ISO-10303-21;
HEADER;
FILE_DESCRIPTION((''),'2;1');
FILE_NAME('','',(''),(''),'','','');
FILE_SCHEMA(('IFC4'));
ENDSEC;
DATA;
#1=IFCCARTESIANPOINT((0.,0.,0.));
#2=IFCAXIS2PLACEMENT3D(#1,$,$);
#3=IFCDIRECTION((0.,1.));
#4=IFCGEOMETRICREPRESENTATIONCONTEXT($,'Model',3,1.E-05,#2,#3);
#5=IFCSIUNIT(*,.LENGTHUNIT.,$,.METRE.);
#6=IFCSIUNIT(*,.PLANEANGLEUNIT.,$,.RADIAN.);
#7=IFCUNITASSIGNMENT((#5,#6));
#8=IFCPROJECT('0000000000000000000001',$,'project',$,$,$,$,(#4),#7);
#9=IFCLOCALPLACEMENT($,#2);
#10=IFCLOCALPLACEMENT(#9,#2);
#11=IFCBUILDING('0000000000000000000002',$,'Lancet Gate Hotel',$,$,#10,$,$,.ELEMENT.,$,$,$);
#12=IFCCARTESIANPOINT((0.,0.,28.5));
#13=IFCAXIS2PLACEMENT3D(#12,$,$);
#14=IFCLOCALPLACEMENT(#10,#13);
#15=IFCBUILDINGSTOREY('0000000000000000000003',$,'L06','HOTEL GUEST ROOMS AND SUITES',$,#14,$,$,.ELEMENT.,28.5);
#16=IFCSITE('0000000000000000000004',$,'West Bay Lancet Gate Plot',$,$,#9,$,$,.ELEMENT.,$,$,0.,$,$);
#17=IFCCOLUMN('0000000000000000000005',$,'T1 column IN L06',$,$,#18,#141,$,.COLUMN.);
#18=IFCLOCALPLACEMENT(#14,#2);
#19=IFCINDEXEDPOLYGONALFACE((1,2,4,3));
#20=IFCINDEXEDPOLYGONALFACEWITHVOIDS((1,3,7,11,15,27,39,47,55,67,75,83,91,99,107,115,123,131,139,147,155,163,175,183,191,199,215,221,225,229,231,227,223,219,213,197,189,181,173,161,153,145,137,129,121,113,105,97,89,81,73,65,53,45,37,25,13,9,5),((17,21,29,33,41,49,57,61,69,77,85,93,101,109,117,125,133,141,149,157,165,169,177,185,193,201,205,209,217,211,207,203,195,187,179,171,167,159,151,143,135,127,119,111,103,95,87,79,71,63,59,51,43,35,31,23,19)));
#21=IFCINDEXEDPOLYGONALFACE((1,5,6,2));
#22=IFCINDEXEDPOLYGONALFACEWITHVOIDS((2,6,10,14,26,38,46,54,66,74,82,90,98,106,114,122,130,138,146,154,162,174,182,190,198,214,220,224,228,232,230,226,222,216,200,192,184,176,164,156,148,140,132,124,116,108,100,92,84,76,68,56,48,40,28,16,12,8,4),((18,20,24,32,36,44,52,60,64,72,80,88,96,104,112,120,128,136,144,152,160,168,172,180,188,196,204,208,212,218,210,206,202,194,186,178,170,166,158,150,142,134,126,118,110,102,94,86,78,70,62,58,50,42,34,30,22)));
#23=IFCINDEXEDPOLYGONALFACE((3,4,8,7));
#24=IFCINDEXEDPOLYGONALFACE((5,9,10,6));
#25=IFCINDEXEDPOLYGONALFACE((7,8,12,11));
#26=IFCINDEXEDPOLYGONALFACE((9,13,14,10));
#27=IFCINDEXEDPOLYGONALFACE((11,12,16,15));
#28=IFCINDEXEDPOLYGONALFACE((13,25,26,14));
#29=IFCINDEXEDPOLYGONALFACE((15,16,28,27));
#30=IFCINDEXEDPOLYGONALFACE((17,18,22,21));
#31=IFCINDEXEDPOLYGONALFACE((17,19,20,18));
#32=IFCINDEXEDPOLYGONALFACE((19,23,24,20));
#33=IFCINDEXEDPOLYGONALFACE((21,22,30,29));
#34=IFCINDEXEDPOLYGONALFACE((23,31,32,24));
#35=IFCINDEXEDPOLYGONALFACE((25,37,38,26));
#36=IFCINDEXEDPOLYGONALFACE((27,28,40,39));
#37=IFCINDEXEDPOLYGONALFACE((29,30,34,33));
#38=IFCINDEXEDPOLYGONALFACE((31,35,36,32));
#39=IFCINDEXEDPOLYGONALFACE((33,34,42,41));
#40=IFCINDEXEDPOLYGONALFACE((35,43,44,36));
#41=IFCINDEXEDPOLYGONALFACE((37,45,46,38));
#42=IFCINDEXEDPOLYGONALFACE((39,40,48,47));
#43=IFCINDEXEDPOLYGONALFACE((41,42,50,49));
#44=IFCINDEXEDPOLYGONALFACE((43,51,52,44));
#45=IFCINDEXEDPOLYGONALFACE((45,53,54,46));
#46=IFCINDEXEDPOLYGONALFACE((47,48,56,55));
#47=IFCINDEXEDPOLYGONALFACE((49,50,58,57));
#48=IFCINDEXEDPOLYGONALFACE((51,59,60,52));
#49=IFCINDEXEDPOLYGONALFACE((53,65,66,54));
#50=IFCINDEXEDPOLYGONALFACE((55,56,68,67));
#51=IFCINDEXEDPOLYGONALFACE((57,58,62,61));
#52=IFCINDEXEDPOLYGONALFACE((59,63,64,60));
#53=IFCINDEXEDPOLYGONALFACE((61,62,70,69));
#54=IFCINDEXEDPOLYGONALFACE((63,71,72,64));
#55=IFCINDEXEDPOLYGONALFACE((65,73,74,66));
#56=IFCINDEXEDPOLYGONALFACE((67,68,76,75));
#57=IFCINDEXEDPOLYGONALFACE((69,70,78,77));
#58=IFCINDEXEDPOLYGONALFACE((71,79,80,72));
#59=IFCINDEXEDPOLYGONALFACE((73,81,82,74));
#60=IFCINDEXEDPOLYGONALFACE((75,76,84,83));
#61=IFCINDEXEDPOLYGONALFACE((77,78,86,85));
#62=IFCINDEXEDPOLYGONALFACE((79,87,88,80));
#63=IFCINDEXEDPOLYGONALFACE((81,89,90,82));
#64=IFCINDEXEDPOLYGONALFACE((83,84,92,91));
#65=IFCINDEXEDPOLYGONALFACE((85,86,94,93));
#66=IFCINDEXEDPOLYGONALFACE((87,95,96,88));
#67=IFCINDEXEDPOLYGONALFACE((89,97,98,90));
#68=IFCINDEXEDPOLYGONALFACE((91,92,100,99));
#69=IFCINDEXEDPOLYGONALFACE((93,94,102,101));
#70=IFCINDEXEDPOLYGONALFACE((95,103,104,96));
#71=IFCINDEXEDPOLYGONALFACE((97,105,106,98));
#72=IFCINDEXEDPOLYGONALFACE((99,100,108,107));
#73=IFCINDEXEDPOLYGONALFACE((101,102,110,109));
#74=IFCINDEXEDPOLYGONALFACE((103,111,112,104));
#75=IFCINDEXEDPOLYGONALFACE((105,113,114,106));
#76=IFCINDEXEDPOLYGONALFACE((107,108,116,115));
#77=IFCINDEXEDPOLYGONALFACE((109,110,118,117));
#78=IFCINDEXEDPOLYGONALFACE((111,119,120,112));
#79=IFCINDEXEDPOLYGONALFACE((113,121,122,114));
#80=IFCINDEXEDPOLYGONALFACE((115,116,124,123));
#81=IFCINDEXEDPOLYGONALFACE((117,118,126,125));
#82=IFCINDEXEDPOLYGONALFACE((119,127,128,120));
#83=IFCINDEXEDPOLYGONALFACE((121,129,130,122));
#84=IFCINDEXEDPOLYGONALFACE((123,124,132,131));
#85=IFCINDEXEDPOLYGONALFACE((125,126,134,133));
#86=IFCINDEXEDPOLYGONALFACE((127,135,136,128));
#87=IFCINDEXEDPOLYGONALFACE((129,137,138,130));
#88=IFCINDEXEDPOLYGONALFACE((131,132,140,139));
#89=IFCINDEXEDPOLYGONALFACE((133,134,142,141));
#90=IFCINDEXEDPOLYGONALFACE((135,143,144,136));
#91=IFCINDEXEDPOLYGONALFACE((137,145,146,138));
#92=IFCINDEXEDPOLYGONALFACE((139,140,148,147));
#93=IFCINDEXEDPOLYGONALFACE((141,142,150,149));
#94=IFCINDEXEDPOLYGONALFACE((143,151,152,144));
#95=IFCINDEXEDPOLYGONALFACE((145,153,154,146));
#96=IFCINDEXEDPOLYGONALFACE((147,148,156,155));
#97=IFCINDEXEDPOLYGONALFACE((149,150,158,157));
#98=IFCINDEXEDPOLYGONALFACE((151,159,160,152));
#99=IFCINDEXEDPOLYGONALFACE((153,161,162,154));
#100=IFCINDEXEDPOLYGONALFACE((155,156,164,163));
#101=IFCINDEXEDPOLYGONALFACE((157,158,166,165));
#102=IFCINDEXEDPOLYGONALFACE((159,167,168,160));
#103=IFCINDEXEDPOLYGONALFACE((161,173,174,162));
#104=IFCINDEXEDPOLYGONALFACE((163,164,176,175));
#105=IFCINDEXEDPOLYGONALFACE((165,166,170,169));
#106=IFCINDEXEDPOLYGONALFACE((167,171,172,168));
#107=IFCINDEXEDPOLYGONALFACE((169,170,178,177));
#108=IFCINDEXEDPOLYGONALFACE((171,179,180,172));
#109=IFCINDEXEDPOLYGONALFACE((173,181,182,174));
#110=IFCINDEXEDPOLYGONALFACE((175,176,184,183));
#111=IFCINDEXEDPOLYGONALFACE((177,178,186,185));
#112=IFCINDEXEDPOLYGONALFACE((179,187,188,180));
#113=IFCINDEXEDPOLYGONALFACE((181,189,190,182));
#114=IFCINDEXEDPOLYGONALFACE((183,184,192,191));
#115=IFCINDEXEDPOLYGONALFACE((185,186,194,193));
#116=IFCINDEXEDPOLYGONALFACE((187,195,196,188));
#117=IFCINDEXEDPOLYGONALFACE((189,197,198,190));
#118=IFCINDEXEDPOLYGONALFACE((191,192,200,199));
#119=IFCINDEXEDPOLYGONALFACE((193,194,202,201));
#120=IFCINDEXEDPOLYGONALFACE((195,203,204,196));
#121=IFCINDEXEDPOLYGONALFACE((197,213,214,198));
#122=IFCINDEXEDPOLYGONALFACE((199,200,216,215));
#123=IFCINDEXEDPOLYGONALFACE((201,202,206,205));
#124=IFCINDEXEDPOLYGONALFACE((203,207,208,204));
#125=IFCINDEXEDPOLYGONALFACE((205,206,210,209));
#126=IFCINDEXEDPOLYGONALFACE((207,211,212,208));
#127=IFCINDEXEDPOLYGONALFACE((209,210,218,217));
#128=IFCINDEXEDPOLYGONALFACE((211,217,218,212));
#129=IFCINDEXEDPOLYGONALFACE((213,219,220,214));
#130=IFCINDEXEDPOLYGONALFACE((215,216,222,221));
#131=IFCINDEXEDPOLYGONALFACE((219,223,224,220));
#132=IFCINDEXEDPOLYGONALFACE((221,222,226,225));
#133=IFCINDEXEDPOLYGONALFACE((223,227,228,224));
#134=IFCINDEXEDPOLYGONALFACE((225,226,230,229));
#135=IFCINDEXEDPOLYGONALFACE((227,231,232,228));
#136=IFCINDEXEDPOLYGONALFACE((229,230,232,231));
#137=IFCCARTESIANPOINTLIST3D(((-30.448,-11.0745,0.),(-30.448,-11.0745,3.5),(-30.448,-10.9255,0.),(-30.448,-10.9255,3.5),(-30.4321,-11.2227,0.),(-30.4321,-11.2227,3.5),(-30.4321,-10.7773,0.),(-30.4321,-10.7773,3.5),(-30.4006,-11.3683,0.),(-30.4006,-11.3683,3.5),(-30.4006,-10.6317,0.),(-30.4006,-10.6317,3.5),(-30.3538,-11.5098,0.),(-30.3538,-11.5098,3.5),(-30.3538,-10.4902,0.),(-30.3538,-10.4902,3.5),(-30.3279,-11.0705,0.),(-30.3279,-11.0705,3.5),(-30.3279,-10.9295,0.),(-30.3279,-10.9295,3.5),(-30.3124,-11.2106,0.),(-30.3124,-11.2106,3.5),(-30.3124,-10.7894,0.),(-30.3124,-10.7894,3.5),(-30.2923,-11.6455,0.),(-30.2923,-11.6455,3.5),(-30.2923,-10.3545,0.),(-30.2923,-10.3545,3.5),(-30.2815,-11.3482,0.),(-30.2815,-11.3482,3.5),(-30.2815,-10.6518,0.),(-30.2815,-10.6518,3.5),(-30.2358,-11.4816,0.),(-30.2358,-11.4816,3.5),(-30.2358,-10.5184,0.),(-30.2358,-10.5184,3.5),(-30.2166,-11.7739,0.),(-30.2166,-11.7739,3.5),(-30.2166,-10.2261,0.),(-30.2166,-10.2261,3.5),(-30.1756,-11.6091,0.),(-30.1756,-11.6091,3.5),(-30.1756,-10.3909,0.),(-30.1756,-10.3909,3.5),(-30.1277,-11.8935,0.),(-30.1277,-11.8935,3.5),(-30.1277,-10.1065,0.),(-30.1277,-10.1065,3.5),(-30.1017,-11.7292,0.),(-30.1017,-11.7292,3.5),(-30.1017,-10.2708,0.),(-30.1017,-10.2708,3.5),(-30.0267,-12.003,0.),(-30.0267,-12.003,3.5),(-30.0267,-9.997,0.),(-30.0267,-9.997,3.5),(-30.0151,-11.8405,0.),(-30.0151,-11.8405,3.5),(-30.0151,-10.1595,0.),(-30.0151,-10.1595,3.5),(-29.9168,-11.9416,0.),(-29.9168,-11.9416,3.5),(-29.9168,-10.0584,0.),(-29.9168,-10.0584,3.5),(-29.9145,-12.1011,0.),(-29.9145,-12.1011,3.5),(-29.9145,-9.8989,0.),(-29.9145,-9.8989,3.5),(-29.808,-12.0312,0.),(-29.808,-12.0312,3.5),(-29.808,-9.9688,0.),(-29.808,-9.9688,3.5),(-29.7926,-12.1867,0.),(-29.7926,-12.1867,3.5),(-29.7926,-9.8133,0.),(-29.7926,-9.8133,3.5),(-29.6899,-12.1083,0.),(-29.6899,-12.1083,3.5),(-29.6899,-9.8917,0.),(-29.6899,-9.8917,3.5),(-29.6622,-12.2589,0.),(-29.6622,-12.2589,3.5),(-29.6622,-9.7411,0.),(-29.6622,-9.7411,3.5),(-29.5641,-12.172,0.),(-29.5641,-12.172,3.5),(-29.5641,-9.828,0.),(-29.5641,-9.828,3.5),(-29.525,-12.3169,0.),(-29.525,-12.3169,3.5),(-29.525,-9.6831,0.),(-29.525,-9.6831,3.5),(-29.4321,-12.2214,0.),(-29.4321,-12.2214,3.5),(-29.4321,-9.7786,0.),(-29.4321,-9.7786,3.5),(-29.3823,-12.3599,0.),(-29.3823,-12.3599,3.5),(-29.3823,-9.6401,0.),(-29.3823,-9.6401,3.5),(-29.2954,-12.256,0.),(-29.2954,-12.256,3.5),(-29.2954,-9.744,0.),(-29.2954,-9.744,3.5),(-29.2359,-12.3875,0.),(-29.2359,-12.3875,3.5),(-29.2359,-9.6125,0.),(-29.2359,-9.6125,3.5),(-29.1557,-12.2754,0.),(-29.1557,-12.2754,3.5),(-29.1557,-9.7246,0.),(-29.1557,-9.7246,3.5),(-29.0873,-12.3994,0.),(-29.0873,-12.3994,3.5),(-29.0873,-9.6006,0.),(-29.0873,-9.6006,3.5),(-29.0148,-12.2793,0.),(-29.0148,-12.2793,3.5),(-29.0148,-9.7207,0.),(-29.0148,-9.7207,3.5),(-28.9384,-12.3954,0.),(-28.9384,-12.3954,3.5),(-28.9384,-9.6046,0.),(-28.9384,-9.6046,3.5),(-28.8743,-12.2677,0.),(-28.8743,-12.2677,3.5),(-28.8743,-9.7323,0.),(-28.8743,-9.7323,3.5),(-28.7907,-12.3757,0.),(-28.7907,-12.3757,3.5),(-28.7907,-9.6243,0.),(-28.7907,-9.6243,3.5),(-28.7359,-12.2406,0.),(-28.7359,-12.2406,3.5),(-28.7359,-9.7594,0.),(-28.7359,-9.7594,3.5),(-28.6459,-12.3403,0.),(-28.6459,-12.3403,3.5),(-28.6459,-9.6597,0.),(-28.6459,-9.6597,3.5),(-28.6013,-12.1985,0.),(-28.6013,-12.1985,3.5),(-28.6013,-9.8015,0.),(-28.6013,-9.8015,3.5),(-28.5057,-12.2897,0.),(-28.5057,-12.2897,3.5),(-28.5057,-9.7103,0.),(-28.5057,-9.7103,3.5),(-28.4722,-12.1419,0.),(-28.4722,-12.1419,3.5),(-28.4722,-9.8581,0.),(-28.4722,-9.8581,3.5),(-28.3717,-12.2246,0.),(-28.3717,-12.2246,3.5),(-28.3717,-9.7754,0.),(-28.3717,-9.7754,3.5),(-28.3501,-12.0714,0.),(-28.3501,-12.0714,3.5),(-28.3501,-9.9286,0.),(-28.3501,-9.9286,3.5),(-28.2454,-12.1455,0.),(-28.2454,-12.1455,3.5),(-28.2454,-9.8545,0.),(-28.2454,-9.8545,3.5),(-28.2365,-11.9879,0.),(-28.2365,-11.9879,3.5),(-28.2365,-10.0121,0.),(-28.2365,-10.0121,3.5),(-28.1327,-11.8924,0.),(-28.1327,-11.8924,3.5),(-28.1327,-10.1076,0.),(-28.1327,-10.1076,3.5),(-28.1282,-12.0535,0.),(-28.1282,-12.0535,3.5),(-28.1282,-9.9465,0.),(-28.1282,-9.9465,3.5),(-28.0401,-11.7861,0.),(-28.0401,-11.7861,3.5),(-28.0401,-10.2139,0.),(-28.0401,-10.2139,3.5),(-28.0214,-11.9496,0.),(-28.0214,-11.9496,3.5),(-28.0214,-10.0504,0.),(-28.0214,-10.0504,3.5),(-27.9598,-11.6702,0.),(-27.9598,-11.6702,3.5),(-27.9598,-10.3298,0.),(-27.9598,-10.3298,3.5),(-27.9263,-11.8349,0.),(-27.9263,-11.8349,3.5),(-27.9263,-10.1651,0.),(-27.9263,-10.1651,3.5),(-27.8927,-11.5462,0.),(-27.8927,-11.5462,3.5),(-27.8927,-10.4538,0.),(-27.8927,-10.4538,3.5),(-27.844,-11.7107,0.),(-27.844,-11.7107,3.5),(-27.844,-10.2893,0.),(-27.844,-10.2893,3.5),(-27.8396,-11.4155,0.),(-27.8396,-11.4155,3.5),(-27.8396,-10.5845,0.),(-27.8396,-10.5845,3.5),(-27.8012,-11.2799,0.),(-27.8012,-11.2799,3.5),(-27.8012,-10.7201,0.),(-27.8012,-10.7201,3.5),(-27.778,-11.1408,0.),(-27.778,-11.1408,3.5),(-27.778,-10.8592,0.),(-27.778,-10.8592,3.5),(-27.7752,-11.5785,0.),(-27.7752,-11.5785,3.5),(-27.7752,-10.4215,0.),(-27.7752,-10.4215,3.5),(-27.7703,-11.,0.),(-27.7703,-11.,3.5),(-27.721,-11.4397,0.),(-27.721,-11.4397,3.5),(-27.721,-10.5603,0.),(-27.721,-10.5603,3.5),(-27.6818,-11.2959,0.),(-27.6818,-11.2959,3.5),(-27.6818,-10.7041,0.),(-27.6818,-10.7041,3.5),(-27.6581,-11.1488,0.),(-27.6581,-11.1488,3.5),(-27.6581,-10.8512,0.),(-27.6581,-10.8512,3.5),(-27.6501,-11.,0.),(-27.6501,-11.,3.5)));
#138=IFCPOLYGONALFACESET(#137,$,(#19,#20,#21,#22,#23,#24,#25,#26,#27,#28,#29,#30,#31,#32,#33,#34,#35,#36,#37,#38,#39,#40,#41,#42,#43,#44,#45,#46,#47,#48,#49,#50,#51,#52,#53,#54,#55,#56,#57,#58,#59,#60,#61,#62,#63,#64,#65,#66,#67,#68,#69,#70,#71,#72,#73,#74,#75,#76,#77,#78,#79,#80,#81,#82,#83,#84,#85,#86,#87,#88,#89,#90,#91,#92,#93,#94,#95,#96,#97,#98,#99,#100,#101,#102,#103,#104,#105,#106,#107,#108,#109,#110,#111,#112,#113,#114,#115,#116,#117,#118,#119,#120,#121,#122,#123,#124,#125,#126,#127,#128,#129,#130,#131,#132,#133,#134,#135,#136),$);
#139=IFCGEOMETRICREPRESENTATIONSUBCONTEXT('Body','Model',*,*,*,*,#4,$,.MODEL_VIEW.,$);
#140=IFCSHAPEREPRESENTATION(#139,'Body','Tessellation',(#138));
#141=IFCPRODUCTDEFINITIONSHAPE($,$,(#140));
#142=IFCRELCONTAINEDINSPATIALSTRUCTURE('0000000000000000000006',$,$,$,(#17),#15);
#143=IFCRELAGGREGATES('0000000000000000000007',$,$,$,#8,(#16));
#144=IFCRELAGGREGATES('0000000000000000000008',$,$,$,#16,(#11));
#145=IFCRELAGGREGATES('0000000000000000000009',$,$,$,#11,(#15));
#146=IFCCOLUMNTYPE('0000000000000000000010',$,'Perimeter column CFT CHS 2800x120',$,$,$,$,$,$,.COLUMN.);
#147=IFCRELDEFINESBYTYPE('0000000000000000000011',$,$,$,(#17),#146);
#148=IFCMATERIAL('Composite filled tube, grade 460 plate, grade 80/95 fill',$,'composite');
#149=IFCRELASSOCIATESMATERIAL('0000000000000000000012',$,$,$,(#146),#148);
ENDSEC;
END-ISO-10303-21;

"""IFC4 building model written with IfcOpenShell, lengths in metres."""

from ifc_helpers import new_model, si_unit, direction, frame, origin, origin_2d, place, context, subcontext, project, spatial, hollow_circle, extrude, material, material_profile, profile_set, type_object, element, save


model = new_model("IFC4")

# Units and contexts
model_context = context("Model", 3, precision=1e-05, world=origin(), true_north=direction((0.0, 1.0)))
body_context = subcontext(model_context, "Body", "Model", "MODEL_VIEW")
ifc_project = project(units=[si_unit("LENGTHUNIT", "METRE"), si_unit("PLANEANGLEUNIT", "RADIAN")], contexts=[model_context])

# Site, building, storey
site_placement = place(None, origin())
site = spatial("IfcSite", under=ifc_project, at=site_placement, Name="West Bay Lancet Gate Plot", CompositionType="ELEMENT", RefElevation=0.0)
building_placement = place(site_placement, origin())
building = spatial("IfcBuilding", under=site, at=building_placement, Name="Lancet Gate Hotel", CompositionType="ELEMENT")
storey_placement = place(building_placement, frame((0.0, 0.0, 28.5)))
storey = spatial("IfcBuildingStorey", under=building, at=storey_placement, Name="L06", Description="HOTEL GUEST ROOMS AND SUITES", CompositionType="ELEMENT", Elevation=28.5)

# Column
ifc_material_1 = material(Name="Composite filled tube, grade 460 plate, grade 80/95 fill", Category="composite")
ifc_material_profile_1 = material_profile(ifc_material_1, hollow_circle(Radius=1.3999, WallThickness=0.1201, at=origin_2d()), Name="CHS 2800x120")
ifc_profile_set_1 = profile_set([ifc_material_profile_1], Name="Composite filled tube, grade 460 plate, grade 80/95 fill")
column_type = type_object("IfcColumnType", Name="Perimeter column CFT CHS 2800x120", PredefinedType="COLUMN", material=ifc_profile_set_1)
for number, where, z_axis, x_axis, name in (
    (1, (-29.05, -11.0, 0.0), (0.0, 0.0, 1.0), (1.0, 0.0, 0.0), "T1 column IN L06"),
):
    element("IfcColumn", number, at=place(storey_placement, frame(where, z_axis=z_axis, x_axis=x_axis)), inside=storey, type_object=column_type, Name=name, PredefinedType="COLUMN", context=body_context, shape_type="SweptSolid", body=[
        extrude(hollow_circle(Radius=1.3999, WallThickness=0.1201, at=origin_2d()), origin(), (0.0, 0.0, 1.0), 3.5),
    ])

save(model, "model.ifc")
